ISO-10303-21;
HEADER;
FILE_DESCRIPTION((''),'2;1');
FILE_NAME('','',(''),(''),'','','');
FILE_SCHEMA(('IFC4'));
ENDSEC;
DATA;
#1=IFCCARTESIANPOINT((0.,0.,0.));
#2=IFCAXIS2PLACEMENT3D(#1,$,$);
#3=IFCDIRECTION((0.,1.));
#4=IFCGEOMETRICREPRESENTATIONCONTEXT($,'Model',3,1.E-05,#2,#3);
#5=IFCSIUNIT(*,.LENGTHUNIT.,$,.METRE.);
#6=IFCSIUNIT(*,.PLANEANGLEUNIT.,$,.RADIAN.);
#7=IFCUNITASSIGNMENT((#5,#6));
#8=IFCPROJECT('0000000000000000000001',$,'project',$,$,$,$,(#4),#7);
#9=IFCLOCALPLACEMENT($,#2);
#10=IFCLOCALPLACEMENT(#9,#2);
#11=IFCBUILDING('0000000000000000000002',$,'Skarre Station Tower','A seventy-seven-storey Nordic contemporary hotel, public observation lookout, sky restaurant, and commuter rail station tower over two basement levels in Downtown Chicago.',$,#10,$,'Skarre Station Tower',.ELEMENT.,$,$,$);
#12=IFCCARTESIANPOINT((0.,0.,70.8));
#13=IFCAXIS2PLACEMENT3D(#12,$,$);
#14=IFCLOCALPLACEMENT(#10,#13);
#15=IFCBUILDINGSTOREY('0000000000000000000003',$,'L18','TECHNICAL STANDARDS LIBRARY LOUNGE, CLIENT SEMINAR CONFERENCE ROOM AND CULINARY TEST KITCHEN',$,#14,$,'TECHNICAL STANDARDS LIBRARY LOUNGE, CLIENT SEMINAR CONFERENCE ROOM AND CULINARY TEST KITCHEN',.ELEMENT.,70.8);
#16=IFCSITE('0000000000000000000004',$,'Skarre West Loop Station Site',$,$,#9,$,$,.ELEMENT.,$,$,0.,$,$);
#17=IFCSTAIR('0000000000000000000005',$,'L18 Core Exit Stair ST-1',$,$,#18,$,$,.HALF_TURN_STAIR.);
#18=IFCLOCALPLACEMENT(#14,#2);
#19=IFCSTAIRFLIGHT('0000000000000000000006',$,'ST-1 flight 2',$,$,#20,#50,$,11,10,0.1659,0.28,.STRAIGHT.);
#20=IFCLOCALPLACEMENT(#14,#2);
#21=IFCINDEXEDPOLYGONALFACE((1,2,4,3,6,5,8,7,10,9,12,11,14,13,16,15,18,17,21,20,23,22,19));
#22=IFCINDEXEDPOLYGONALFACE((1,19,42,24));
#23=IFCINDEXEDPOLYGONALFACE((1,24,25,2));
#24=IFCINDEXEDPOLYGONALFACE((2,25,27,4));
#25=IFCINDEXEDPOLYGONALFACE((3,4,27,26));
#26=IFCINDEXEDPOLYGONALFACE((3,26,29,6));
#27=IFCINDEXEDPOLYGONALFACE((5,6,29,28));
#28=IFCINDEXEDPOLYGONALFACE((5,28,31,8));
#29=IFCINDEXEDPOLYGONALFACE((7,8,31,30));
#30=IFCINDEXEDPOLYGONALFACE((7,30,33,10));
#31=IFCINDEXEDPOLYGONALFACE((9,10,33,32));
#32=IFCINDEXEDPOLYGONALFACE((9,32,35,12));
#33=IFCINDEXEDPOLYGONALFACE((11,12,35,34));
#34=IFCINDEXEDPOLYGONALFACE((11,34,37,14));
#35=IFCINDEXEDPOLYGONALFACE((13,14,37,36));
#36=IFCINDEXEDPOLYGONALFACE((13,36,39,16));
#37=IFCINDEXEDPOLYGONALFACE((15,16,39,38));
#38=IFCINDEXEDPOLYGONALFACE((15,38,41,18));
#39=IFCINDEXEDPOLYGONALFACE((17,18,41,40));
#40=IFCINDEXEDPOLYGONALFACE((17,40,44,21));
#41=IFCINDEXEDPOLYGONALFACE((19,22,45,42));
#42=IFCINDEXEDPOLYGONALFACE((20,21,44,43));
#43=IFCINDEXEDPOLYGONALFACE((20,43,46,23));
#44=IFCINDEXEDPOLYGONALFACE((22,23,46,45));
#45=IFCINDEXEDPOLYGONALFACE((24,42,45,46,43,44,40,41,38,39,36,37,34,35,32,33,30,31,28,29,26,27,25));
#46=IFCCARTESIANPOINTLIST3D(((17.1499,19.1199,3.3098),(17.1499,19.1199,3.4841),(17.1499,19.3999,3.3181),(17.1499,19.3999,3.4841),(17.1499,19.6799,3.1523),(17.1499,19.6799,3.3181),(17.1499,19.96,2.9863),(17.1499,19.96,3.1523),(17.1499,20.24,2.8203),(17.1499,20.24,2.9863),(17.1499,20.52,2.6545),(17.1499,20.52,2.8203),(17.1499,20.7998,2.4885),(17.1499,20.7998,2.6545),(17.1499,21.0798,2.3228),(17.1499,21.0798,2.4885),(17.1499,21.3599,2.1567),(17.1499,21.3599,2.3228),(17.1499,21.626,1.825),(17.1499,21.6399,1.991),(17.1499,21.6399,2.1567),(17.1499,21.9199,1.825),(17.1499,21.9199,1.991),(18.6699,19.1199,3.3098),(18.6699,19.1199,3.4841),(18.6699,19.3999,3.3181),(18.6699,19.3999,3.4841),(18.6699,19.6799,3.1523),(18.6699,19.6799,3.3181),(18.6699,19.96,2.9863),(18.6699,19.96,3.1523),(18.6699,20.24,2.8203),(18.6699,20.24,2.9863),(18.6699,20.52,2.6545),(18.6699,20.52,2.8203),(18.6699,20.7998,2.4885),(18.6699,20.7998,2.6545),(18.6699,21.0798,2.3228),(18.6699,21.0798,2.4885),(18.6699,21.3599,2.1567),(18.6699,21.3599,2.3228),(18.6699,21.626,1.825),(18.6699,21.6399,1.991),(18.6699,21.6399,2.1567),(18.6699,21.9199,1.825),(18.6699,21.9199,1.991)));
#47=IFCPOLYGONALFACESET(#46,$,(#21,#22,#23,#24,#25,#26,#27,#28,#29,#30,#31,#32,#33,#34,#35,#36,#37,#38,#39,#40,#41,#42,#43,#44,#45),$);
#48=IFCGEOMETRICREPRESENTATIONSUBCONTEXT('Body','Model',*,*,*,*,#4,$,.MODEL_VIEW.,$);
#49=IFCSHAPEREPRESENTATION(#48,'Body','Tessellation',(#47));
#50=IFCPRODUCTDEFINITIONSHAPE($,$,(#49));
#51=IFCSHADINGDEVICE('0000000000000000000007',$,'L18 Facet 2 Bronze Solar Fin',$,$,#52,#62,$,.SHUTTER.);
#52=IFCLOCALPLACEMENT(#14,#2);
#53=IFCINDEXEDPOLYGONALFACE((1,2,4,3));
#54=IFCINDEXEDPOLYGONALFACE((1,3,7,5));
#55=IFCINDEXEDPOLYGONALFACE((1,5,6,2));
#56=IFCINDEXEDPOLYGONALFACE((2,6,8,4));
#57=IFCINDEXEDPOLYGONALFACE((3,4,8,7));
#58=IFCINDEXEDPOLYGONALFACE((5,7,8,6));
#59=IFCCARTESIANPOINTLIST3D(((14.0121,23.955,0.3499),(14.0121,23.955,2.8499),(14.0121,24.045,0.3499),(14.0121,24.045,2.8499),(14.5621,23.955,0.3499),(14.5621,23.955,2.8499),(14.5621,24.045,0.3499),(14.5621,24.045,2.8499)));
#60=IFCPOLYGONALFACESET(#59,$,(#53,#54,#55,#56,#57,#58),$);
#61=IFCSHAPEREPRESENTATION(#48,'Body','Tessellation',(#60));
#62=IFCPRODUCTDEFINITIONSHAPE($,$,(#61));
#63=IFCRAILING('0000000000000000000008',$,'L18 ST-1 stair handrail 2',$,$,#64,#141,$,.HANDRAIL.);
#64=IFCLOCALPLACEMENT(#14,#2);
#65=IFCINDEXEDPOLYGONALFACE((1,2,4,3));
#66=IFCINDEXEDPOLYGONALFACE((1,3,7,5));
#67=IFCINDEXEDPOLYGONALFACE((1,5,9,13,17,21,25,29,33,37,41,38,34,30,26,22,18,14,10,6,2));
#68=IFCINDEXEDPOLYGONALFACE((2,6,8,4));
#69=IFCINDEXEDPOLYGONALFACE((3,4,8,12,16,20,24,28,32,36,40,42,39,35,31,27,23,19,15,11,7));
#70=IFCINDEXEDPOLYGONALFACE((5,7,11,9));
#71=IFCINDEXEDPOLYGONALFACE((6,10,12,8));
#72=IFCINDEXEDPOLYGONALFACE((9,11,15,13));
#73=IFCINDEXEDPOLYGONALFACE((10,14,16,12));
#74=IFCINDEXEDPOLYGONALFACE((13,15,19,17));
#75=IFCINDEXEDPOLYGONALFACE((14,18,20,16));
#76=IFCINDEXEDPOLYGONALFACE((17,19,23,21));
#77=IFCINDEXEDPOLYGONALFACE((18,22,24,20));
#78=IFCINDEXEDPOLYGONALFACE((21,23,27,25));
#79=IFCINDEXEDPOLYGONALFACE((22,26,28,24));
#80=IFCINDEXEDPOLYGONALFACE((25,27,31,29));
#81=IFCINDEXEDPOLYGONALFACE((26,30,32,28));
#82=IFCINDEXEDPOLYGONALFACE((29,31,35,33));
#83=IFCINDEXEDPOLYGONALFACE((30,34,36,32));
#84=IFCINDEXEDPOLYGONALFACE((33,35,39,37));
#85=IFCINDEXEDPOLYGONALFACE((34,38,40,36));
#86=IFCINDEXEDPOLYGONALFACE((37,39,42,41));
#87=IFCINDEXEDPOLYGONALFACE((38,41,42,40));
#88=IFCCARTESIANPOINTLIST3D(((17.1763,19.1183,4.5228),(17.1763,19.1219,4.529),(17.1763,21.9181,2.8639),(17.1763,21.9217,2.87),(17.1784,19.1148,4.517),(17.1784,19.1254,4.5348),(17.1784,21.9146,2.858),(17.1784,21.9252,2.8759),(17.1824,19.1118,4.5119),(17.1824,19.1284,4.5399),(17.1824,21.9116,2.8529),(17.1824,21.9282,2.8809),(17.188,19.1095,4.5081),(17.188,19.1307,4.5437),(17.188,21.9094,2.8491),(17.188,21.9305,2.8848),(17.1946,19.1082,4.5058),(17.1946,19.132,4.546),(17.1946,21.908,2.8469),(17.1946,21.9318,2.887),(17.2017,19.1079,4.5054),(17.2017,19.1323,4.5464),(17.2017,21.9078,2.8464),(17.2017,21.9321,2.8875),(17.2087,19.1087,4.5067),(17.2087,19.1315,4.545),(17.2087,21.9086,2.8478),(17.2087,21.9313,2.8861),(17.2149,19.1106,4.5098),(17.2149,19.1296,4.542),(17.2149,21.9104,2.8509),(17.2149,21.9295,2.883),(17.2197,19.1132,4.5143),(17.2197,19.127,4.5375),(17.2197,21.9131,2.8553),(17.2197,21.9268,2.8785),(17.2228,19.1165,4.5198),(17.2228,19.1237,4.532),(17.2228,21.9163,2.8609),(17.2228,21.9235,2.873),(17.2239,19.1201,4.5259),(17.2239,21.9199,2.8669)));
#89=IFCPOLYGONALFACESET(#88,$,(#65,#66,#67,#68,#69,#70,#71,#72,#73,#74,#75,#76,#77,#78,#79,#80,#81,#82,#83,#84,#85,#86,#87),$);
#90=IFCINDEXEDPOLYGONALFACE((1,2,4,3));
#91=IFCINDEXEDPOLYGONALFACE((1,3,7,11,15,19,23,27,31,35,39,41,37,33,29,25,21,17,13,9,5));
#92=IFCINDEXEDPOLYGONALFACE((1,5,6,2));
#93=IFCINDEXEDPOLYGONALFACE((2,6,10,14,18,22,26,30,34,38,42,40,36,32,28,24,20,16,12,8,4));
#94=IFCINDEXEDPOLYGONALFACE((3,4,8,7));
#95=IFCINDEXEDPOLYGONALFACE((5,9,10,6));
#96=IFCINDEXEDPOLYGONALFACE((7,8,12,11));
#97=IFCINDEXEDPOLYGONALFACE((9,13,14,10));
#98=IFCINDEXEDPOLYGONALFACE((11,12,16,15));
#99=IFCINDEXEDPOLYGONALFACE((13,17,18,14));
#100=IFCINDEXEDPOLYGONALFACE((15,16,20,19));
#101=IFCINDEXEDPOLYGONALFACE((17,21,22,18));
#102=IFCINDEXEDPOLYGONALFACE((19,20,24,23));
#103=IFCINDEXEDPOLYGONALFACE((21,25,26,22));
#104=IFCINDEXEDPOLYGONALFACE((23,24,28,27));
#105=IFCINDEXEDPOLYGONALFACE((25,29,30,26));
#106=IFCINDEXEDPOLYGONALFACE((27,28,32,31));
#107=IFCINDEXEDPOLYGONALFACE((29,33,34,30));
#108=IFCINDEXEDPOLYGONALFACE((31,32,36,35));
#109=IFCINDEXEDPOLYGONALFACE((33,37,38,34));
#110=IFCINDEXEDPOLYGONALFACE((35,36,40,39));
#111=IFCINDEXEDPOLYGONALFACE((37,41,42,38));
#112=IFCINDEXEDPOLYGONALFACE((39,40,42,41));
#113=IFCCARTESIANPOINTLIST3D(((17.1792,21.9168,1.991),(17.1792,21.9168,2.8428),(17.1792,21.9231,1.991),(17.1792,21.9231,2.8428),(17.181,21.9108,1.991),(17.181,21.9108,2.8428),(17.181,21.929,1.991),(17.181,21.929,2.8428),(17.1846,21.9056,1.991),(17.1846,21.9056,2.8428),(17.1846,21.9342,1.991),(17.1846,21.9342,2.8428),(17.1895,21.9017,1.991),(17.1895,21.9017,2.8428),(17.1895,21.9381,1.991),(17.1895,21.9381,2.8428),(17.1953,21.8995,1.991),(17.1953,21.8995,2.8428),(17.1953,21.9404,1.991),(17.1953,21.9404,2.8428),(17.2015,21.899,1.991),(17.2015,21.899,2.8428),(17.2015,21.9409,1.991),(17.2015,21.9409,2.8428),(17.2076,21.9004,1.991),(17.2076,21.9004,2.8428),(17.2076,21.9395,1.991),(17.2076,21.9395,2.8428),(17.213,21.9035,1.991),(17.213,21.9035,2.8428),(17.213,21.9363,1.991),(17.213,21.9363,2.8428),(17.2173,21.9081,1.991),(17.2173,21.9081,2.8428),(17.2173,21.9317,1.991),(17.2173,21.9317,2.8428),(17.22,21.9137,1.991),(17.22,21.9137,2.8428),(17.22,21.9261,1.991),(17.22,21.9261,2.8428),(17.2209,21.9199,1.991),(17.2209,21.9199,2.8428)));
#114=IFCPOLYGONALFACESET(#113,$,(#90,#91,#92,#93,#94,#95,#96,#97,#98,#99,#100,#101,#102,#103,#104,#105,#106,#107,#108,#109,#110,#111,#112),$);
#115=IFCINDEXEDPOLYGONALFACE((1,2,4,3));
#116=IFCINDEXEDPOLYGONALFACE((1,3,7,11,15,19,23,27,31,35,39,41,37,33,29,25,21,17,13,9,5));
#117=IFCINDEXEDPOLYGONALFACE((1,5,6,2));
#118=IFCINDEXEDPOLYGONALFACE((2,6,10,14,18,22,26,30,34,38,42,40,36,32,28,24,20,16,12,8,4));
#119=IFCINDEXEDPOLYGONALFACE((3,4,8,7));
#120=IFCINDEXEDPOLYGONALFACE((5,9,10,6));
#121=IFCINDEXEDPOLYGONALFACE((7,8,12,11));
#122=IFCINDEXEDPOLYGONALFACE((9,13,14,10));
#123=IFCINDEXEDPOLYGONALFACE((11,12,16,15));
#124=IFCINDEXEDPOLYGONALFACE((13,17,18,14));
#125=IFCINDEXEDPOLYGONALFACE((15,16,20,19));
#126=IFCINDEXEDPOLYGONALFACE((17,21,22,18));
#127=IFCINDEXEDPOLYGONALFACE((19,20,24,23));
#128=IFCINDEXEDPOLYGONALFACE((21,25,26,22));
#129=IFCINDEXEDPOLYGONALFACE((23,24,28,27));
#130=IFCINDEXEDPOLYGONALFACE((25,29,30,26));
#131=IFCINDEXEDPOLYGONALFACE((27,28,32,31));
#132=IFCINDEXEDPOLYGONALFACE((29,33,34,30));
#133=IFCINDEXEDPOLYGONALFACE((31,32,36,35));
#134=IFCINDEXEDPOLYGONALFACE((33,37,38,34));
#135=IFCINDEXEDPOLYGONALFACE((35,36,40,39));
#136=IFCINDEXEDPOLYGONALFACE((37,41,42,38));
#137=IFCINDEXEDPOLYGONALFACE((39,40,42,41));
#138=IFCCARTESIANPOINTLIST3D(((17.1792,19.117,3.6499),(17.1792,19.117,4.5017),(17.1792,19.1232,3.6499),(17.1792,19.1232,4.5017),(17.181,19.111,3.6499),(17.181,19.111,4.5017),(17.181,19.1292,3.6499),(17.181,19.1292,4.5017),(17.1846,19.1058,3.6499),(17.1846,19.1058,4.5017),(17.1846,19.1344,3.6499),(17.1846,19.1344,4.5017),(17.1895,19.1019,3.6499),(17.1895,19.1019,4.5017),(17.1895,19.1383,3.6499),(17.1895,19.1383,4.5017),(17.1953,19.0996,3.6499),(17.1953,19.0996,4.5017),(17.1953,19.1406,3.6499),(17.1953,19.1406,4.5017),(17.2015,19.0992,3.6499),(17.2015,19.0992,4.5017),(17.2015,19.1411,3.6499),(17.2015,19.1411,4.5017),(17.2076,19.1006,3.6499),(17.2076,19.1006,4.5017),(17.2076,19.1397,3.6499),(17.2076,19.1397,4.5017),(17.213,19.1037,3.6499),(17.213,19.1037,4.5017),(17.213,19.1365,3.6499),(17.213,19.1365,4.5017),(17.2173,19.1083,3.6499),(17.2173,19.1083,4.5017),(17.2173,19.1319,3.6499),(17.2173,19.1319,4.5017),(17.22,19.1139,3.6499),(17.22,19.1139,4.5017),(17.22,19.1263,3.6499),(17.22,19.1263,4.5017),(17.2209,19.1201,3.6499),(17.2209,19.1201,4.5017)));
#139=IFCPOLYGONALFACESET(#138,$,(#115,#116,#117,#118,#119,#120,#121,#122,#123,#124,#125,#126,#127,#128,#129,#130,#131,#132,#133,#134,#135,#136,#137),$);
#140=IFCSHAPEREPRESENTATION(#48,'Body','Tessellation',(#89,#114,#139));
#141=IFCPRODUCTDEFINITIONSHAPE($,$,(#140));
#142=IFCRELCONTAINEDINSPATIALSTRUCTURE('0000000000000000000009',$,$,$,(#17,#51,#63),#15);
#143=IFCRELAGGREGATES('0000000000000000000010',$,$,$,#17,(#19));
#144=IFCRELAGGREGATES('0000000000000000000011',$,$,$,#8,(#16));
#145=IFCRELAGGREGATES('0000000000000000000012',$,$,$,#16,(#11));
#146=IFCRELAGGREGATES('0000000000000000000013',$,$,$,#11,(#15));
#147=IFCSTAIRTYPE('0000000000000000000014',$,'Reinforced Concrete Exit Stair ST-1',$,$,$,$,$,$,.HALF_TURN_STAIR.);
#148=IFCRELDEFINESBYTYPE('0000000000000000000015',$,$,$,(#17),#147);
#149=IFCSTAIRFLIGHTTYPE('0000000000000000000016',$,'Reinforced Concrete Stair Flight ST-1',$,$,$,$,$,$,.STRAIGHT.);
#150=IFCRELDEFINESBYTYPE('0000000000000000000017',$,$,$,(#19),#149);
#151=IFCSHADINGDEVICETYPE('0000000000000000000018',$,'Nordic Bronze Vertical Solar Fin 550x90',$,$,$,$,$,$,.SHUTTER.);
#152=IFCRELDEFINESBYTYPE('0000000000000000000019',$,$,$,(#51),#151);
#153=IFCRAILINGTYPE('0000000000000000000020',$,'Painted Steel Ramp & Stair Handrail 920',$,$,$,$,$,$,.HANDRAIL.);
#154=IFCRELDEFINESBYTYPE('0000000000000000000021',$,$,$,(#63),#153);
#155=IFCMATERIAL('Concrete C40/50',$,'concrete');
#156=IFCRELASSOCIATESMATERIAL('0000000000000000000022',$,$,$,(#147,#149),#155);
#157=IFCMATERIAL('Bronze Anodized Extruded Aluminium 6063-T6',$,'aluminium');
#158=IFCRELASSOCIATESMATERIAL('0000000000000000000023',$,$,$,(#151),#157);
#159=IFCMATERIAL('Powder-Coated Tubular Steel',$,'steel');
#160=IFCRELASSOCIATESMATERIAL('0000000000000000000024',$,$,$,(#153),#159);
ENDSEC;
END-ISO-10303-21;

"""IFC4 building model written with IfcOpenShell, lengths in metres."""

from ifc_helpers import new_model, si_unit, direction, frame, origin, origin_2d, place, context, subcontext, project, spatial, polyline, rectangle, circle, outline, extrude, material, type_object, element, aggregate, save


model = new_model("IFC4")

# Units and contexts
model_context = context("Model", 3, precision=1e-05, world=origin(), true_north=direction((0.0, 1.0)))
body_context = subcontext(model_context, "Body", "Model", "MODEL_VIEW")
ifc_project = project(units=[si_unit("LENGTHUNIT", "METRE"), si_unit("PLANEANGLEUNIT", "RADIAN")], contexts=[model_context])

# Site, building, storey
site_placement = place(None, origin())
site = spatial("IfcSite", under=ifc_project, at=site_placement, Name="Skarre West Loop Station Site", CompositionType="ELEMENT", RefElevation=0.0)
building_placement = place(site_placement, origin())
building = spatial("IfcBuilding", under=site, at=building_placement, Name="Skarre Station Tower", Description="A seventy-seven-storey Nordic contemporary hotel, public observation lookout, sky restaurant, and commuter rail station tower over two basement levels in Downtown Chicago.", LongName="Skarre Station Tower", CompositionType="ELEMENT")
storey_placement = place(building_placement, frame((0.0, 0.0, 70.8)))
storey = spatial("IfcBuildingStorey", under=building, at=storey_placement, Name="L18", Description="TECHNICAL STANDARDS LIBRARY LOUNGE, CLIENT SEMINAR CONFERENCE ROOM AND CULINARY TEST KITCHEN", LongName="TECHNICAL STANDARDS LIBRARY LOUNGE, CLIENT SEMINAR CONFERENCE ROOM AND CULINARY TEST KITCHEN", CompositionType="ELEMENT", Elevation=70.8)

# Stair, stair flight
ifc_material_1 = material(Name="Concrete C40/50", Category="concrete")
stair_type = type_object("IfcStairType", Name="Reinforced Concrete Exit Stair ST-1", PredefinedType="HALF_TURN_STAIR", material=ifc_material_1)
stair_placement = place(storey_placement, origin())
stair = element("IfcStair", 1, at=stair_placement, inside=storey, type_object=stair_type, Name="L18 Core Exit Stair ST-1", PredefinedType="HALF_TURN_STAIR")
stair_flight_type = type_object("IfcStairFlightType", Name="Reinforced Concrete Stair Flight ST-1", PredefinedType="STRAIGHT", material=ifc_material_1)
stair_flight_placement = place(storey_placement, frame((17.9099, 21.9199, 1.825), z_axis=(0.0, 0.0, 1.0), x_axis=(0.0, -1.0, 0.0)))
stair_flight = element("IfcStairFlight", 2, at=stair_flight_placement, type_object=stair_flight_type, Name="ST-1 flight 2", NumberOfRisers=11, NumberOfTreads=10, PredefinedType="STRAIGHT", RiserHeight=0.1659, TreadLength=0.28, context=body_context, shape_type="SweptSolid", body=[
    extrude(outline(polyline([(0.0, 0.0), (0.0, 0.166), (0.28, 0.166), (0.28, 0.3318), (0.5601, 0.3318), (0.5601, 0.4978), (0.8401, 0.4978), (0.8401, 0.6636), (1.1201, 0.6636), (1.1201, 0.8296), (1.3999, 0.8296), (1.3999, 0.9954), (1.6799, 0.9954), (1.6799, 1.1614), (1.96, 1.1614), (1.96, 1.3274), (2.24, 1.3274), (2.24, 1.4932), (2.52, 1.4932), (2.52, 1.6592), (2.8, 1.6592), (2.8, 1.825), (2.8, 1.4849), (0.2939, 0.0), (0.0, 0.0)])), frame((0.0, 0.76, 0.0), z_axis=(0.0, -1.0, 0.0), x_axis=(1.0, 0.0, 0.0)), (0.0, 0.0, 1.0), 1.52),
])
aggregate(stair, [stair_flight])

# Shading device
ifc_material_2 = material(Name="Bronze Anodized Extruded Aluminium 6063-T6", Category="aluminium")
shading_device_type = type_object("IfcShadingDeviceType", Name="Nordic Bronze Vertical Solar Fin 550x90", PredefinedType="SHUTTER", material=ifc_material_2)
shading_device_placement = place(storey_placement, frame((14.2871, 24.0, 0.3499), z_axis=(0.0, 0.0, 1.0), x_axis=(-1.0, 0.0, 0.0)))
element("IfcShadingDevice", 3, at=shading_device_placement, inside=storey, type_object=shading_device_type, Name="L18 Facet 2 Bronze Solar Fin", PredefinedType="SHUTTER", context=body_context, shape_type="SweptSolid", body=[
    extrude(rectangle(XDim=0.55, YDim=0.0901, at=origin_2d()), origin(), (0.0, 0.0, 1.0), 2.5),
])

# Railing
ifc_material_3 = material(Name="Powder-Coated Tubular Steel", Category="steel")
railing_type_1 = type_object("IfcRailingType", Name="Painted Steel Ramp & Stair Handrail 920", PredefinedType="HANDRAIL", material=ifc_material_3)
railing_1_placement = place(storey_placement, frame((17.2, 21.9199, 1.991)))
element("IfcRailing", 4, at=railing_1_placement, inside=storey, type_object=railing_type_1, Name="L18 ST-1 stair handrail 2", PredefinedType="HANDRAIL", context=body_context, shape_type="SweptSolid", body=[
    extrude(circle(Radius=0.0239, at=origin_2d()), frame((0.0, 0.0, 0.876), z_axis=(0.0, -0.86032, 0.509755), x_axis=(1.0, 0.0, 0.0)), (0.0, 0.0, 1.0), 3.2544),
    extrude(circle(Radius=0.021, at=origin_2d()), origin(), (0.0, 0.0, 1.0), 0.8518),
    extrude(circle(Radius=0.021, at=origin_2d()), frame((0.0, -2.7998, 1.6589)), (0.0, 0.0, 1.0), 0.8518),
])

save(model, "model.ifc")
